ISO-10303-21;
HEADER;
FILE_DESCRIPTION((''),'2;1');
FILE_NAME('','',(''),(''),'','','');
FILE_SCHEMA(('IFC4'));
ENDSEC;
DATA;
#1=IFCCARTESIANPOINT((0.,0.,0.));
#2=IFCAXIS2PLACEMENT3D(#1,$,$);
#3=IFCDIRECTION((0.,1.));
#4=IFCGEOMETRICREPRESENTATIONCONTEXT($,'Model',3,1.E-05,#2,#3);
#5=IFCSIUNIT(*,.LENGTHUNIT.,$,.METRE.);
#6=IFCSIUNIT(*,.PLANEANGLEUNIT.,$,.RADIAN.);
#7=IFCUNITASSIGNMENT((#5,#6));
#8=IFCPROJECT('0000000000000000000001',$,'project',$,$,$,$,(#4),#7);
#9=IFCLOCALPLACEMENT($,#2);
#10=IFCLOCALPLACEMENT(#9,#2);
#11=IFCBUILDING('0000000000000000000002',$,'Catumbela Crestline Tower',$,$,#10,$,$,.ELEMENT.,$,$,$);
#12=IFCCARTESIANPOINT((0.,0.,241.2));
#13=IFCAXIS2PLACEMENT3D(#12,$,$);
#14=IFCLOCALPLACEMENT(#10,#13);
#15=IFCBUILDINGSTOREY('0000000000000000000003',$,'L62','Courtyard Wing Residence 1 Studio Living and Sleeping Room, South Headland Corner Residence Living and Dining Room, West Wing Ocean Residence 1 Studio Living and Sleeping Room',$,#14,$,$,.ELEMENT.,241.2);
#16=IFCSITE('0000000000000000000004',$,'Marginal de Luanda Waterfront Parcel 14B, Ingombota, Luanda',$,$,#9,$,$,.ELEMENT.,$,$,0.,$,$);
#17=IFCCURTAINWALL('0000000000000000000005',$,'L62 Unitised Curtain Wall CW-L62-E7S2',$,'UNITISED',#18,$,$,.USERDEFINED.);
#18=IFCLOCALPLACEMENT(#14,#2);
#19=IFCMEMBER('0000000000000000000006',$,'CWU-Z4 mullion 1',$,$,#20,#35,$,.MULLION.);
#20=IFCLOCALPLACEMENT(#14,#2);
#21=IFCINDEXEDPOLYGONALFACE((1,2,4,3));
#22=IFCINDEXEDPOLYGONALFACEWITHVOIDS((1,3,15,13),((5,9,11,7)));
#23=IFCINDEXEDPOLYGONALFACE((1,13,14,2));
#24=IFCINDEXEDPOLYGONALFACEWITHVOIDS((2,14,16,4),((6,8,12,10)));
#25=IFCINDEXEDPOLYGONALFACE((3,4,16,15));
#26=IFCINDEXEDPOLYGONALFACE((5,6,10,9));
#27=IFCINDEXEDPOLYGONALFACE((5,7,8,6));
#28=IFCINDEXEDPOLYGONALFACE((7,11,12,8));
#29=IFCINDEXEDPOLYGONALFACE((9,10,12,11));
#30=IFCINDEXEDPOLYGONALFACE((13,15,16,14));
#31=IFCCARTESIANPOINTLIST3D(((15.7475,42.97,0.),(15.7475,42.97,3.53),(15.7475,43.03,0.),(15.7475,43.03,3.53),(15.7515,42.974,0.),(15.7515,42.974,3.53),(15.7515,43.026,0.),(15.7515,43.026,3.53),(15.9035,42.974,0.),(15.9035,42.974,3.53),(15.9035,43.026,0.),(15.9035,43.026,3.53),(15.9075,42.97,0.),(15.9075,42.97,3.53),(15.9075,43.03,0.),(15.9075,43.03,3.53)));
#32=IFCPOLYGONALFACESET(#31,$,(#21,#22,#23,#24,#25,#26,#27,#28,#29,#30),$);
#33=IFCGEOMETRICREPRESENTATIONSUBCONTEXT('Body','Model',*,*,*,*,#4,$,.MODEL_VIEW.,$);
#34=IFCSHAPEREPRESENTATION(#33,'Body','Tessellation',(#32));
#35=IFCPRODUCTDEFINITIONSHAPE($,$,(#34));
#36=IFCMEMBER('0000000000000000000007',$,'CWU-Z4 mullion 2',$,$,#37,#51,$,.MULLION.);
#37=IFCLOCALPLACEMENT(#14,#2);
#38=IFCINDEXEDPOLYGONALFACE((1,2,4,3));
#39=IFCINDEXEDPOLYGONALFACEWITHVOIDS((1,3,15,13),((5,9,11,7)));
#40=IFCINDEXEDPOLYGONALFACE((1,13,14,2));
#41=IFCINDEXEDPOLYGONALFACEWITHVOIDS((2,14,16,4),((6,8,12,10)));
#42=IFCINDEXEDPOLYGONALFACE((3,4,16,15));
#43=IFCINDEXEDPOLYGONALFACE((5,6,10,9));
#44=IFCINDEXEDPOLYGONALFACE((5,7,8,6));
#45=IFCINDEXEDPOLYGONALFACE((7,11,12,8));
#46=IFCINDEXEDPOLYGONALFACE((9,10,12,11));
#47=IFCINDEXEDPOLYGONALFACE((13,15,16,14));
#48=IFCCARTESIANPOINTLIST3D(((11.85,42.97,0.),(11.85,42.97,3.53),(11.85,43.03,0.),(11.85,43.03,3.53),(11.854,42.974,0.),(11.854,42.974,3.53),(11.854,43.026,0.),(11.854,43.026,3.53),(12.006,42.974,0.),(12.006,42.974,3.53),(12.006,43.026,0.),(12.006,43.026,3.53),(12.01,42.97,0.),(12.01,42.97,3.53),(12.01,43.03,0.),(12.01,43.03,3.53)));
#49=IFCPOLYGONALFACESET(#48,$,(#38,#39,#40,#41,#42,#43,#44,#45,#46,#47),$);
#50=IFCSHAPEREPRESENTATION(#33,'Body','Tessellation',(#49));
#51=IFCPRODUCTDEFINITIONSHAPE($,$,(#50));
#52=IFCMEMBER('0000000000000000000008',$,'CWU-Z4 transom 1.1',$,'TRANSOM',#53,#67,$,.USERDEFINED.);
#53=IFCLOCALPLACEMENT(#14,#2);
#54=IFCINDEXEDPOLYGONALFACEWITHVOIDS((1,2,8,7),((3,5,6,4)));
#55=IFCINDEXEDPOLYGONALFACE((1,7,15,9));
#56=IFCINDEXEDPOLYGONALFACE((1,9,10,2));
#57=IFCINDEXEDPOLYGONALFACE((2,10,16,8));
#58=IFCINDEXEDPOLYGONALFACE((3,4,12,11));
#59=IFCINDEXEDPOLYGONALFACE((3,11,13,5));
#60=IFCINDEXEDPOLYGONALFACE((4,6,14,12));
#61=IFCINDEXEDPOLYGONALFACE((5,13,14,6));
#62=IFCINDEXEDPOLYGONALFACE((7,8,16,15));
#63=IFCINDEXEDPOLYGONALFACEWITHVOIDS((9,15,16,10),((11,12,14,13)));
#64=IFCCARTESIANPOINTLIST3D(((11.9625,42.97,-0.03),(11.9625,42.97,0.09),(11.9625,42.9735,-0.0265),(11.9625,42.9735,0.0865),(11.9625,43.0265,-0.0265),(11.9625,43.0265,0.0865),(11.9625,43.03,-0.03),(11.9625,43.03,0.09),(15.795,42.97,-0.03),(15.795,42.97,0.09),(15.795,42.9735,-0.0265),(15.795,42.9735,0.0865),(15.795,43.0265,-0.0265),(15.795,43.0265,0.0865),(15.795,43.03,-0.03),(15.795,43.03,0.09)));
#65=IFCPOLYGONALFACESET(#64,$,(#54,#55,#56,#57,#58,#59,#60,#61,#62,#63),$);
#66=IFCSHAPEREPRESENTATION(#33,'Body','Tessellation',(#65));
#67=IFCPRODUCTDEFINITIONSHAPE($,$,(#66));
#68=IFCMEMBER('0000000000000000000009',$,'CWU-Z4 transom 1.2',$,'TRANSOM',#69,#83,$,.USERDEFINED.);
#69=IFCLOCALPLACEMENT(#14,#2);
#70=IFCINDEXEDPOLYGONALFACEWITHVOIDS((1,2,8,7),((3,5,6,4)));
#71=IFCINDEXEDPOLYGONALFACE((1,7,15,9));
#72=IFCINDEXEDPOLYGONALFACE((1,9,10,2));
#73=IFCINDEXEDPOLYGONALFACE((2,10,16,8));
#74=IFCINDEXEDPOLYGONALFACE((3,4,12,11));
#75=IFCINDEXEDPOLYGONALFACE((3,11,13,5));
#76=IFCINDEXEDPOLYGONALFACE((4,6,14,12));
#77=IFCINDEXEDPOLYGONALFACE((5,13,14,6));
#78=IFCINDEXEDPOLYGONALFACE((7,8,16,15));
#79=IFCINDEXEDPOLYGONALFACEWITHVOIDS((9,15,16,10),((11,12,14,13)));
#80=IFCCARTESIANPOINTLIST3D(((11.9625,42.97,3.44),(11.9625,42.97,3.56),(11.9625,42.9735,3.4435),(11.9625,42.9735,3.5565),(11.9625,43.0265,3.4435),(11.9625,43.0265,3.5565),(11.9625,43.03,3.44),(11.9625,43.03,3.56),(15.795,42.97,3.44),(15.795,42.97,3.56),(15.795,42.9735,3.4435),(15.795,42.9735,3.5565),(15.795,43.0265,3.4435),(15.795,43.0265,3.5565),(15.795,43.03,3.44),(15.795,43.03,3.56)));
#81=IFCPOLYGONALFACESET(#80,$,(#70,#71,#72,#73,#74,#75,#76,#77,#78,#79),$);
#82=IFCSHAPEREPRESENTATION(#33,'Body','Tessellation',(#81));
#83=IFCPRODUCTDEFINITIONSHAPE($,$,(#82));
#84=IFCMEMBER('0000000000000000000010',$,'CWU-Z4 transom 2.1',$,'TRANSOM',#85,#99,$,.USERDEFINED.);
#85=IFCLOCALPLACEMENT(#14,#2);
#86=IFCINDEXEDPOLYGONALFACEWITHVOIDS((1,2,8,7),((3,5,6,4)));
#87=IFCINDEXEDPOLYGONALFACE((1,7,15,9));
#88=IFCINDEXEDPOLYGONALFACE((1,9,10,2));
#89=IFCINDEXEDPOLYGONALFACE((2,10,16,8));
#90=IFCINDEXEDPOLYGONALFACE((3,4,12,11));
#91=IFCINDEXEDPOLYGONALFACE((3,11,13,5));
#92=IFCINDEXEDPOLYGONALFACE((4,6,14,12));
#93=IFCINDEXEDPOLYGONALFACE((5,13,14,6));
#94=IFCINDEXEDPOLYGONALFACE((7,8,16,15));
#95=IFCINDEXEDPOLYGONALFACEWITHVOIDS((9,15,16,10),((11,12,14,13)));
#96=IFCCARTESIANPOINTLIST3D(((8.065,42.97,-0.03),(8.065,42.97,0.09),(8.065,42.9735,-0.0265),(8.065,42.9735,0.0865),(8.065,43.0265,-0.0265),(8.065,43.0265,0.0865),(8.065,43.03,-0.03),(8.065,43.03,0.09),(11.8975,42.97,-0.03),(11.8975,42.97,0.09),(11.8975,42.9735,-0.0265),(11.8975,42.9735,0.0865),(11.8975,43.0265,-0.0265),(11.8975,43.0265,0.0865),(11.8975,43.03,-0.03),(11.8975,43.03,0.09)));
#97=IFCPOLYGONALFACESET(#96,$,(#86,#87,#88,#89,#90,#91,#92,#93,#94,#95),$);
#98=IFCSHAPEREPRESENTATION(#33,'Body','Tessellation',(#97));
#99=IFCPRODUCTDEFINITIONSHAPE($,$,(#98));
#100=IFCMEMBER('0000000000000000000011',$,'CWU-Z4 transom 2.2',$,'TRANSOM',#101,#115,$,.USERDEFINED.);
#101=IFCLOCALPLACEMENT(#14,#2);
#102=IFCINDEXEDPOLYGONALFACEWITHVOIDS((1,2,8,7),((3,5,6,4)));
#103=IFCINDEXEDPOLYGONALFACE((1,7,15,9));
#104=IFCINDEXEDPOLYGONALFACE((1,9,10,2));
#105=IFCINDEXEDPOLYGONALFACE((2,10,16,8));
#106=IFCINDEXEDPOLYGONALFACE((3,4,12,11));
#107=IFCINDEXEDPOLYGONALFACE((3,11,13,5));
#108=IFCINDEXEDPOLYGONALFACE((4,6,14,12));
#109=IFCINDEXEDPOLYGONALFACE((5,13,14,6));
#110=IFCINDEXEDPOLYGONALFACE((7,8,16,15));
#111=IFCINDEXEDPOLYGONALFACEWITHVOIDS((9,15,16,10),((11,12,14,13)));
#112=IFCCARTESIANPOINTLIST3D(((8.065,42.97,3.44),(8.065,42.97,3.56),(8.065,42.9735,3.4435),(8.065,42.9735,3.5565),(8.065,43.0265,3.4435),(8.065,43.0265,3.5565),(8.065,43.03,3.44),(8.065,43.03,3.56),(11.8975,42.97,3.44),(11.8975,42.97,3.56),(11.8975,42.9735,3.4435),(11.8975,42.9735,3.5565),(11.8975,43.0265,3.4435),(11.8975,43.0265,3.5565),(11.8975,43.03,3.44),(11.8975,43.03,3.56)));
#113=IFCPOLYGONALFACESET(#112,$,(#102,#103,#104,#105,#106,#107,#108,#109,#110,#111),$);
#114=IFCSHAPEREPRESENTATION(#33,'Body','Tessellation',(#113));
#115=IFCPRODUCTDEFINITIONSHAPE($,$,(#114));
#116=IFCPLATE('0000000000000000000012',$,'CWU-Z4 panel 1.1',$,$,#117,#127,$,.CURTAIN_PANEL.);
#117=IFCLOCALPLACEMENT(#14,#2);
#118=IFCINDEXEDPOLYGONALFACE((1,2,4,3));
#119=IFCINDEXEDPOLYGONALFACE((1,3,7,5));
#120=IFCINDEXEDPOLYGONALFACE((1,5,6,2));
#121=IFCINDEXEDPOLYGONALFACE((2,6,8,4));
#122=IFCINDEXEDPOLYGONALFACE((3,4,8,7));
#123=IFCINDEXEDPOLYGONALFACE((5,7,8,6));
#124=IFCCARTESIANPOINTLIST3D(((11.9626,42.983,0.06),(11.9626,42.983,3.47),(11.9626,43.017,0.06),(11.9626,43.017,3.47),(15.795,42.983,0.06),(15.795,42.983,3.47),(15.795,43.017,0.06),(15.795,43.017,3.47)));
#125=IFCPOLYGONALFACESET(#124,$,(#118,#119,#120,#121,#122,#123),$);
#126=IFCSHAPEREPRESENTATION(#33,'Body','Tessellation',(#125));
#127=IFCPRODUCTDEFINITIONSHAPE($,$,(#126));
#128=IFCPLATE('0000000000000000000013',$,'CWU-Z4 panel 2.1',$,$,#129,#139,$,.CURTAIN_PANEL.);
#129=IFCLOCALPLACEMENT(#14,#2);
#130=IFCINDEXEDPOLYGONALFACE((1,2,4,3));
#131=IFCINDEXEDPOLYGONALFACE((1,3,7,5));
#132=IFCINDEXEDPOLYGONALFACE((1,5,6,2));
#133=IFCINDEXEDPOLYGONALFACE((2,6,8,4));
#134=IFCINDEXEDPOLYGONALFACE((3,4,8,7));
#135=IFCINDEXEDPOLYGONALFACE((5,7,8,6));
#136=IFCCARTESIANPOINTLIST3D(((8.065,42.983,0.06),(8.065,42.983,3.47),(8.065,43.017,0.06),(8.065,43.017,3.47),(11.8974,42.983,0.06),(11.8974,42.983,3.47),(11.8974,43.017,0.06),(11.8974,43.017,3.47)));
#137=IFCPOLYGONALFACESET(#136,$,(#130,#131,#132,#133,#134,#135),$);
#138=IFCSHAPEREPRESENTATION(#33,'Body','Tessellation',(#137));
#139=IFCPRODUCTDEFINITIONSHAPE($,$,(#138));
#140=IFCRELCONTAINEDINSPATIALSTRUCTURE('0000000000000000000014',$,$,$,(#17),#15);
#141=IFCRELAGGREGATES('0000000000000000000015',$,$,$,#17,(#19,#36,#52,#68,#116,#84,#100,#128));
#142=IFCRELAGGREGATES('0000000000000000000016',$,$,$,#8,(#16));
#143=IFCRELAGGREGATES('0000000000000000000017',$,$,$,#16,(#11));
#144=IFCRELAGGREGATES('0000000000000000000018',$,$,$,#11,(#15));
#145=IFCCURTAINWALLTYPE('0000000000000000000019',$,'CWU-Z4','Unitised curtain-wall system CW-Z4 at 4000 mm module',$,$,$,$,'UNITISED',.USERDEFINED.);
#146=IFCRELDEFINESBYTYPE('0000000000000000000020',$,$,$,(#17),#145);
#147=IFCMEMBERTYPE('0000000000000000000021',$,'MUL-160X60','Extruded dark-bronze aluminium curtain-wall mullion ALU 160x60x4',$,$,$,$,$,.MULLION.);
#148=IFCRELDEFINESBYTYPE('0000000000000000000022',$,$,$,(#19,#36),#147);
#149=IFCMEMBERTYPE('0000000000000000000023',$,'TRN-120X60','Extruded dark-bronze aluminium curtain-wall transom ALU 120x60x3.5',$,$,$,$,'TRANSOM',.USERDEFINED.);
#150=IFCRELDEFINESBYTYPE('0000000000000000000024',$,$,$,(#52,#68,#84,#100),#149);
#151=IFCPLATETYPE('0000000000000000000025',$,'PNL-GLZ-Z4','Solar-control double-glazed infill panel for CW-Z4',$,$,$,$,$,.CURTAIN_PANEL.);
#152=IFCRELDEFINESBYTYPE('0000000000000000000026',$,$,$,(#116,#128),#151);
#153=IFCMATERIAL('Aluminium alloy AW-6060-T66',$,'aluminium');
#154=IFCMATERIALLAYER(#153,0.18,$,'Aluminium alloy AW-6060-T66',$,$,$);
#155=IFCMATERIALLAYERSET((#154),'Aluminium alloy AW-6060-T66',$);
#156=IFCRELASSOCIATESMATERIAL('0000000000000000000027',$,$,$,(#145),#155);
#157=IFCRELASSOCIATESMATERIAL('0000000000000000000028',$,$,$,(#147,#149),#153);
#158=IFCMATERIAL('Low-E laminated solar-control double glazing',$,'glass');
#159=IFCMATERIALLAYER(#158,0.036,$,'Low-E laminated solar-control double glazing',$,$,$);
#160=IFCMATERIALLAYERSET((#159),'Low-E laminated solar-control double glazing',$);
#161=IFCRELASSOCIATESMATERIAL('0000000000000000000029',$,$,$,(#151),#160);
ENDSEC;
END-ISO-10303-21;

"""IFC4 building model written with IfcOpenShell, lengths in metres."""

from ifc_helpers import new_model, si_unit, direction, frame, origin, origin_2d, place, context, subcontext, project, spatial, rectangle, hollow_rectangle, extrude, material, layer, layer_set, material_profile, profile_set, type_object, element, aggregate, save


model = new_model("IFC4")

# Units and contexts
model_context = context("Model", 3, precision=1e-05, world=origin(), true_north=direction((0.0, 1.0)))
body_context = subcontext(model_context, "Body", "Model", "MODEL_VIEW")
ifc_project = project(units=[si_unit("LENGTHUNIT", "METRE"), si_unit("PLANEANGLEUNIT", "RADIAN")], contexts=[model_context])

# Site, building, storey
site_placement = place(None, origin())
site = spatial("IfcSite", under=ifc_project, at=site_placement, Name="Marginal de Luanda Waterfront Parcel 14B, Ingombota, Luanda", CompositionType="ELEMENT", RefElevation=0.0)
building_placement = place(site_placement, origin())
building = spatial("IfcBuilding", under=site, at=building_placement, Name="Catumbela Crestline Tower", CompositionType="ELEMENT")
storey_placement = place(building_placement, frame((0.0, 0.0, 241.2)))
storey = spatial("IfcBuildingStorey", under=building, at=storey_placement, Name="L62", Description="Courtyard Wing Residence 1 Studio Living and Sleeping Room, South Headland Corner Residence Living and Dining Room, West Wing Ocean Residence 1 Studio Living and Sleeping Room", CompositionType="ELEMENT", Elevation=241.2)

# Curtain wall, members, plates
ifc_material_1 = material(Name="Aluminium alloy AW-6060-T66", Category="aluminium")
ifc_layer_1 = layer(ifc_material_1, 0.18, Name="Aluminium alloy AW-6060-T66")
ifc_layer_set_1 = layer_set([ifc_layer_1], Name="Aluminium alloy AW-6060-T66")
curtain_wall_type = type_object("IfcCurtainWallType", Name="CWU-Z4", Description="Unitised curtain-wall system CW-Z4 at 4000 mm module", ElementType="UNITISED", PredefinedType="USERDEFINED", material=ifc_layer_set_1)
curtain_wall_placement = place(storey_placement, origin())
curtain_wall = element("IfcCurtainWall", 1, at=curtain_wall_placement, inside=storey, type_object=curtain_wall_type, Name="L62 Unitised Curtain Wall CW-L62-E7S2", ObjectType="UNITISED", PredefinedType="USERDEFINED")
ifc_material_profile_1 = material_profile(ifc_material_1, hollow_rectangle(XDim=0.06, YDim=0.16, WallThickness=0.004, at=origin_2d()), Name="ALU 160x60x4")
ifc_profile_set_1 = profile_set([ifc_material_profile_1], Name="Aluminium alloy AW-6060-T66")
member_type_1 = type_object("IfcMemberType", Name="MUL-160X60", Description="Extruded dark-bronze aluminium curtain-wall mullion ALU 160x60x4", PredefinedType="MULLION", material=ifc_profile_set_1)
member_1_placement = place(storey_placement, frame((15.8275, 43.0, 0.0), z_axis=(0.0, 0.0, 1.0), x_axis=(0.0, -1.0, 0.0)))
member_1 = element("IfcMember", 2, at=member_1_placement, type_object=member_type_1, Name="CWU-Z4 mullion 1", PredefinedType="MULLION", context=body_context, shape_type="SweptSolid", body=[
    extrude(hollow_rectangle(XDim=0.06, YDim=0.16, WallThickness=0.004, at=origin_2d()), origin(), (0.0, 0.0, 1.0), 3.53),
])
member_2_placement = place(storey_placement, frame((11.93, 43.0, 0.0), z_axis=(0.0, 0.0, 1.0), x_axis=(0.0, -1.0, 0.0)))
member_2 = element("IfcMember", 3, at=member_2_placement, type_object=member_type_1, Name="CWU-Z4 mullion 2", PredefinedType="MULLION", context=body_context, shape_type="SweptSolid", body=[
    extrude(hollow_rectangle(XDim=0.06, YDim=0.16, WallThickness=0.004, at=origin_2d()), origin(), (0.0, 0.0, 1.0), 3.53),
])
ifc_material_profile_2 = material_profile(ifc_material_1, hollow_rectangle(XDim=0.06, YDim=0.12, WallThickness=0.0035, at=origin_2d()), Name="ALU 120x60x3.5")
ifc_profile_set_2 = profile_set([ifc_material_profile_2], Name="Aluminium alloy AW-6060-T66")
member_type_2 = type_object("IfcMemberType", Name="TRN-120X60", Description="Extruded dark-bronze aluminium curtain-wall transom ALU 120x60x3.5", ElementType="TRANSOM", PredefinedType="USERDEFINED", material=ifc_profile_set_2)
member_3_placement = place(storey_placement, frame((15.795, 43.0, 0.03), z_axis=(-1.0, 0.0, 0.0), x_axis=(0.0, -1.0, 0.0)))
member_3 = element("IfcMember", 4, at=member_3_placement, type_object=member_type_2, Name="CWU-Z4 transom 1.1", ObjectType="TRANSOM", PredefinedType="USERDEFINED", context=body_context, shape_type="SweptSolid", body=[
    extrude(hollow_rectangle(XDim=0.06, YDim=0.12, WallThickness=0.0035, at=origin_2d()), origin(), (0.0, 0.0, 1.0), 3.8325),
])
member_4_placement = place(storey_placement, frame((15.795, 43.0, 3.5), z_axis=(-1.0, 0.0, 0.0), x_axis=(0.0, -1.0, 0.0)))
member_4 = element("IfcMember", 5, at=member_4_placement, type_object=member_type_2, Name="CWU-Z4 transom 1.2", ObjectType="TRANSOM", PredefinedType="USERDEFINED", context=body_context, shape_type="SweptSolid", body=[
    extrude(hollow_rectangle(XDim=0.06, YDim=0.12, WallThickness=0.0035, at=origin_2d()), origin(), (0.0, 0.0, 1.0), 3.8325),
])
member_5_placement = place(storey_placement, frame((11.8975, 43.0, 0.03), z_axis=(-1.0, 0.0, 0.0), x_axis=(0.0, -1.0, 0.0)))
member_5 = element("IfcMember", 6, at=member_5_placement, type_object=member_type_2, Name="CWU-Z4 transom 2.1", ObjectType="TRANSOM", PredefinedType="USERDEFINED", context=body_context, shape_type="SweptSolid", body=[
    extrude(hollow_rectangle(XDim=0.06, YDim=0.12, WallThickness=0.0035, at=origin_2d()), origin(), (0.0, 0.0, 1.0), 3.8325),
])
member_6_placement = place(storey_placement, frame((11.8975, 43.0, 3.5), z_axis=(-1.0, 0.0, 0.0), x_axis=(0.0, -1.0, 0.0)))
member_6 = element("IfcMember", 7, at=member_6_placement, type_object=member_type_2, Name="CWU-Z4 transom 2.2", ObjectType="TRANSOM", PredefinedType="USERDEFINED", context=body_context, shape_type="SweptSolid", body=[
    extrude(hollow_rectangle(XDim=0.06, YDim=0.12, WallThickness=0.0035, at=origin_2d()), origin(), (0.0, 0.0, 1.0), 3.8325),
])
ifc_material_2 = material(Name="Low-E laminated solar-control double glazing", Category="glass")
ifc_layer_2 = layer(ifc_material_2, 0.036, Name="Low-E laminated solar-control double glazing")
ifc_layer_set_2 = layer_set([ifc_layer_2], Name="Low-E laminated solar-control double glazing")
plate_type = type_object("IfcPlateType", Name="PNL-GLZ-Z4", Description="Solar-control double-glazed infill panel for CW-Z4", PredefinedType="CURTAIN_PANEL", material=ifc_layer_set_2)
plate_1_placement = place(storey_placement, frame((13.8788, 43.0, 0.06), z_axis=(0.0, 0.0, 1.0), x_axis=(-1.0, 0.0, 0.0)))
plate_1 = element("IfcPlate", 8, at=plate_1_placement, type_object=plate_type, Name="CWU-Z4 panel 1.1", PredefinedType="CURTAIN_PANEL", context=body_context, shape_type="SweptSolid", body=[
    extrude(rectangle(XDim=3.8325, YDim=0.034, at=origin_2d()), origin(), (0.0, 0.0, 1.0), 3.41),
])
plate_2_placement = place(storey_placement, frame((9.9812, 43.0, 0.06), z_axis=(0.0, 0.0, 1.0), x_axis=(-1.0, 0.0, 0.0)))
plate_2 = element("IfcPlate", 9, at=plate_2_placement, type_object=plate_type, Name="CWU-Z4 panel 2.1", PredefinedType="CURTAIN_PANEL", context=body_context, shape_type="SweptSolid", body=[
    extrude(rectangle(XDim=3.8325, YDim=0.034, at=origin_2d()), origin(), (0.0, 0.0, 1.0), 3.41),
])
aggregate(curtain_wall, [member_1, member_2, member_3, member_4, plate_1, member_5, member_6, plate_2])

save(model, "model.ifc")
